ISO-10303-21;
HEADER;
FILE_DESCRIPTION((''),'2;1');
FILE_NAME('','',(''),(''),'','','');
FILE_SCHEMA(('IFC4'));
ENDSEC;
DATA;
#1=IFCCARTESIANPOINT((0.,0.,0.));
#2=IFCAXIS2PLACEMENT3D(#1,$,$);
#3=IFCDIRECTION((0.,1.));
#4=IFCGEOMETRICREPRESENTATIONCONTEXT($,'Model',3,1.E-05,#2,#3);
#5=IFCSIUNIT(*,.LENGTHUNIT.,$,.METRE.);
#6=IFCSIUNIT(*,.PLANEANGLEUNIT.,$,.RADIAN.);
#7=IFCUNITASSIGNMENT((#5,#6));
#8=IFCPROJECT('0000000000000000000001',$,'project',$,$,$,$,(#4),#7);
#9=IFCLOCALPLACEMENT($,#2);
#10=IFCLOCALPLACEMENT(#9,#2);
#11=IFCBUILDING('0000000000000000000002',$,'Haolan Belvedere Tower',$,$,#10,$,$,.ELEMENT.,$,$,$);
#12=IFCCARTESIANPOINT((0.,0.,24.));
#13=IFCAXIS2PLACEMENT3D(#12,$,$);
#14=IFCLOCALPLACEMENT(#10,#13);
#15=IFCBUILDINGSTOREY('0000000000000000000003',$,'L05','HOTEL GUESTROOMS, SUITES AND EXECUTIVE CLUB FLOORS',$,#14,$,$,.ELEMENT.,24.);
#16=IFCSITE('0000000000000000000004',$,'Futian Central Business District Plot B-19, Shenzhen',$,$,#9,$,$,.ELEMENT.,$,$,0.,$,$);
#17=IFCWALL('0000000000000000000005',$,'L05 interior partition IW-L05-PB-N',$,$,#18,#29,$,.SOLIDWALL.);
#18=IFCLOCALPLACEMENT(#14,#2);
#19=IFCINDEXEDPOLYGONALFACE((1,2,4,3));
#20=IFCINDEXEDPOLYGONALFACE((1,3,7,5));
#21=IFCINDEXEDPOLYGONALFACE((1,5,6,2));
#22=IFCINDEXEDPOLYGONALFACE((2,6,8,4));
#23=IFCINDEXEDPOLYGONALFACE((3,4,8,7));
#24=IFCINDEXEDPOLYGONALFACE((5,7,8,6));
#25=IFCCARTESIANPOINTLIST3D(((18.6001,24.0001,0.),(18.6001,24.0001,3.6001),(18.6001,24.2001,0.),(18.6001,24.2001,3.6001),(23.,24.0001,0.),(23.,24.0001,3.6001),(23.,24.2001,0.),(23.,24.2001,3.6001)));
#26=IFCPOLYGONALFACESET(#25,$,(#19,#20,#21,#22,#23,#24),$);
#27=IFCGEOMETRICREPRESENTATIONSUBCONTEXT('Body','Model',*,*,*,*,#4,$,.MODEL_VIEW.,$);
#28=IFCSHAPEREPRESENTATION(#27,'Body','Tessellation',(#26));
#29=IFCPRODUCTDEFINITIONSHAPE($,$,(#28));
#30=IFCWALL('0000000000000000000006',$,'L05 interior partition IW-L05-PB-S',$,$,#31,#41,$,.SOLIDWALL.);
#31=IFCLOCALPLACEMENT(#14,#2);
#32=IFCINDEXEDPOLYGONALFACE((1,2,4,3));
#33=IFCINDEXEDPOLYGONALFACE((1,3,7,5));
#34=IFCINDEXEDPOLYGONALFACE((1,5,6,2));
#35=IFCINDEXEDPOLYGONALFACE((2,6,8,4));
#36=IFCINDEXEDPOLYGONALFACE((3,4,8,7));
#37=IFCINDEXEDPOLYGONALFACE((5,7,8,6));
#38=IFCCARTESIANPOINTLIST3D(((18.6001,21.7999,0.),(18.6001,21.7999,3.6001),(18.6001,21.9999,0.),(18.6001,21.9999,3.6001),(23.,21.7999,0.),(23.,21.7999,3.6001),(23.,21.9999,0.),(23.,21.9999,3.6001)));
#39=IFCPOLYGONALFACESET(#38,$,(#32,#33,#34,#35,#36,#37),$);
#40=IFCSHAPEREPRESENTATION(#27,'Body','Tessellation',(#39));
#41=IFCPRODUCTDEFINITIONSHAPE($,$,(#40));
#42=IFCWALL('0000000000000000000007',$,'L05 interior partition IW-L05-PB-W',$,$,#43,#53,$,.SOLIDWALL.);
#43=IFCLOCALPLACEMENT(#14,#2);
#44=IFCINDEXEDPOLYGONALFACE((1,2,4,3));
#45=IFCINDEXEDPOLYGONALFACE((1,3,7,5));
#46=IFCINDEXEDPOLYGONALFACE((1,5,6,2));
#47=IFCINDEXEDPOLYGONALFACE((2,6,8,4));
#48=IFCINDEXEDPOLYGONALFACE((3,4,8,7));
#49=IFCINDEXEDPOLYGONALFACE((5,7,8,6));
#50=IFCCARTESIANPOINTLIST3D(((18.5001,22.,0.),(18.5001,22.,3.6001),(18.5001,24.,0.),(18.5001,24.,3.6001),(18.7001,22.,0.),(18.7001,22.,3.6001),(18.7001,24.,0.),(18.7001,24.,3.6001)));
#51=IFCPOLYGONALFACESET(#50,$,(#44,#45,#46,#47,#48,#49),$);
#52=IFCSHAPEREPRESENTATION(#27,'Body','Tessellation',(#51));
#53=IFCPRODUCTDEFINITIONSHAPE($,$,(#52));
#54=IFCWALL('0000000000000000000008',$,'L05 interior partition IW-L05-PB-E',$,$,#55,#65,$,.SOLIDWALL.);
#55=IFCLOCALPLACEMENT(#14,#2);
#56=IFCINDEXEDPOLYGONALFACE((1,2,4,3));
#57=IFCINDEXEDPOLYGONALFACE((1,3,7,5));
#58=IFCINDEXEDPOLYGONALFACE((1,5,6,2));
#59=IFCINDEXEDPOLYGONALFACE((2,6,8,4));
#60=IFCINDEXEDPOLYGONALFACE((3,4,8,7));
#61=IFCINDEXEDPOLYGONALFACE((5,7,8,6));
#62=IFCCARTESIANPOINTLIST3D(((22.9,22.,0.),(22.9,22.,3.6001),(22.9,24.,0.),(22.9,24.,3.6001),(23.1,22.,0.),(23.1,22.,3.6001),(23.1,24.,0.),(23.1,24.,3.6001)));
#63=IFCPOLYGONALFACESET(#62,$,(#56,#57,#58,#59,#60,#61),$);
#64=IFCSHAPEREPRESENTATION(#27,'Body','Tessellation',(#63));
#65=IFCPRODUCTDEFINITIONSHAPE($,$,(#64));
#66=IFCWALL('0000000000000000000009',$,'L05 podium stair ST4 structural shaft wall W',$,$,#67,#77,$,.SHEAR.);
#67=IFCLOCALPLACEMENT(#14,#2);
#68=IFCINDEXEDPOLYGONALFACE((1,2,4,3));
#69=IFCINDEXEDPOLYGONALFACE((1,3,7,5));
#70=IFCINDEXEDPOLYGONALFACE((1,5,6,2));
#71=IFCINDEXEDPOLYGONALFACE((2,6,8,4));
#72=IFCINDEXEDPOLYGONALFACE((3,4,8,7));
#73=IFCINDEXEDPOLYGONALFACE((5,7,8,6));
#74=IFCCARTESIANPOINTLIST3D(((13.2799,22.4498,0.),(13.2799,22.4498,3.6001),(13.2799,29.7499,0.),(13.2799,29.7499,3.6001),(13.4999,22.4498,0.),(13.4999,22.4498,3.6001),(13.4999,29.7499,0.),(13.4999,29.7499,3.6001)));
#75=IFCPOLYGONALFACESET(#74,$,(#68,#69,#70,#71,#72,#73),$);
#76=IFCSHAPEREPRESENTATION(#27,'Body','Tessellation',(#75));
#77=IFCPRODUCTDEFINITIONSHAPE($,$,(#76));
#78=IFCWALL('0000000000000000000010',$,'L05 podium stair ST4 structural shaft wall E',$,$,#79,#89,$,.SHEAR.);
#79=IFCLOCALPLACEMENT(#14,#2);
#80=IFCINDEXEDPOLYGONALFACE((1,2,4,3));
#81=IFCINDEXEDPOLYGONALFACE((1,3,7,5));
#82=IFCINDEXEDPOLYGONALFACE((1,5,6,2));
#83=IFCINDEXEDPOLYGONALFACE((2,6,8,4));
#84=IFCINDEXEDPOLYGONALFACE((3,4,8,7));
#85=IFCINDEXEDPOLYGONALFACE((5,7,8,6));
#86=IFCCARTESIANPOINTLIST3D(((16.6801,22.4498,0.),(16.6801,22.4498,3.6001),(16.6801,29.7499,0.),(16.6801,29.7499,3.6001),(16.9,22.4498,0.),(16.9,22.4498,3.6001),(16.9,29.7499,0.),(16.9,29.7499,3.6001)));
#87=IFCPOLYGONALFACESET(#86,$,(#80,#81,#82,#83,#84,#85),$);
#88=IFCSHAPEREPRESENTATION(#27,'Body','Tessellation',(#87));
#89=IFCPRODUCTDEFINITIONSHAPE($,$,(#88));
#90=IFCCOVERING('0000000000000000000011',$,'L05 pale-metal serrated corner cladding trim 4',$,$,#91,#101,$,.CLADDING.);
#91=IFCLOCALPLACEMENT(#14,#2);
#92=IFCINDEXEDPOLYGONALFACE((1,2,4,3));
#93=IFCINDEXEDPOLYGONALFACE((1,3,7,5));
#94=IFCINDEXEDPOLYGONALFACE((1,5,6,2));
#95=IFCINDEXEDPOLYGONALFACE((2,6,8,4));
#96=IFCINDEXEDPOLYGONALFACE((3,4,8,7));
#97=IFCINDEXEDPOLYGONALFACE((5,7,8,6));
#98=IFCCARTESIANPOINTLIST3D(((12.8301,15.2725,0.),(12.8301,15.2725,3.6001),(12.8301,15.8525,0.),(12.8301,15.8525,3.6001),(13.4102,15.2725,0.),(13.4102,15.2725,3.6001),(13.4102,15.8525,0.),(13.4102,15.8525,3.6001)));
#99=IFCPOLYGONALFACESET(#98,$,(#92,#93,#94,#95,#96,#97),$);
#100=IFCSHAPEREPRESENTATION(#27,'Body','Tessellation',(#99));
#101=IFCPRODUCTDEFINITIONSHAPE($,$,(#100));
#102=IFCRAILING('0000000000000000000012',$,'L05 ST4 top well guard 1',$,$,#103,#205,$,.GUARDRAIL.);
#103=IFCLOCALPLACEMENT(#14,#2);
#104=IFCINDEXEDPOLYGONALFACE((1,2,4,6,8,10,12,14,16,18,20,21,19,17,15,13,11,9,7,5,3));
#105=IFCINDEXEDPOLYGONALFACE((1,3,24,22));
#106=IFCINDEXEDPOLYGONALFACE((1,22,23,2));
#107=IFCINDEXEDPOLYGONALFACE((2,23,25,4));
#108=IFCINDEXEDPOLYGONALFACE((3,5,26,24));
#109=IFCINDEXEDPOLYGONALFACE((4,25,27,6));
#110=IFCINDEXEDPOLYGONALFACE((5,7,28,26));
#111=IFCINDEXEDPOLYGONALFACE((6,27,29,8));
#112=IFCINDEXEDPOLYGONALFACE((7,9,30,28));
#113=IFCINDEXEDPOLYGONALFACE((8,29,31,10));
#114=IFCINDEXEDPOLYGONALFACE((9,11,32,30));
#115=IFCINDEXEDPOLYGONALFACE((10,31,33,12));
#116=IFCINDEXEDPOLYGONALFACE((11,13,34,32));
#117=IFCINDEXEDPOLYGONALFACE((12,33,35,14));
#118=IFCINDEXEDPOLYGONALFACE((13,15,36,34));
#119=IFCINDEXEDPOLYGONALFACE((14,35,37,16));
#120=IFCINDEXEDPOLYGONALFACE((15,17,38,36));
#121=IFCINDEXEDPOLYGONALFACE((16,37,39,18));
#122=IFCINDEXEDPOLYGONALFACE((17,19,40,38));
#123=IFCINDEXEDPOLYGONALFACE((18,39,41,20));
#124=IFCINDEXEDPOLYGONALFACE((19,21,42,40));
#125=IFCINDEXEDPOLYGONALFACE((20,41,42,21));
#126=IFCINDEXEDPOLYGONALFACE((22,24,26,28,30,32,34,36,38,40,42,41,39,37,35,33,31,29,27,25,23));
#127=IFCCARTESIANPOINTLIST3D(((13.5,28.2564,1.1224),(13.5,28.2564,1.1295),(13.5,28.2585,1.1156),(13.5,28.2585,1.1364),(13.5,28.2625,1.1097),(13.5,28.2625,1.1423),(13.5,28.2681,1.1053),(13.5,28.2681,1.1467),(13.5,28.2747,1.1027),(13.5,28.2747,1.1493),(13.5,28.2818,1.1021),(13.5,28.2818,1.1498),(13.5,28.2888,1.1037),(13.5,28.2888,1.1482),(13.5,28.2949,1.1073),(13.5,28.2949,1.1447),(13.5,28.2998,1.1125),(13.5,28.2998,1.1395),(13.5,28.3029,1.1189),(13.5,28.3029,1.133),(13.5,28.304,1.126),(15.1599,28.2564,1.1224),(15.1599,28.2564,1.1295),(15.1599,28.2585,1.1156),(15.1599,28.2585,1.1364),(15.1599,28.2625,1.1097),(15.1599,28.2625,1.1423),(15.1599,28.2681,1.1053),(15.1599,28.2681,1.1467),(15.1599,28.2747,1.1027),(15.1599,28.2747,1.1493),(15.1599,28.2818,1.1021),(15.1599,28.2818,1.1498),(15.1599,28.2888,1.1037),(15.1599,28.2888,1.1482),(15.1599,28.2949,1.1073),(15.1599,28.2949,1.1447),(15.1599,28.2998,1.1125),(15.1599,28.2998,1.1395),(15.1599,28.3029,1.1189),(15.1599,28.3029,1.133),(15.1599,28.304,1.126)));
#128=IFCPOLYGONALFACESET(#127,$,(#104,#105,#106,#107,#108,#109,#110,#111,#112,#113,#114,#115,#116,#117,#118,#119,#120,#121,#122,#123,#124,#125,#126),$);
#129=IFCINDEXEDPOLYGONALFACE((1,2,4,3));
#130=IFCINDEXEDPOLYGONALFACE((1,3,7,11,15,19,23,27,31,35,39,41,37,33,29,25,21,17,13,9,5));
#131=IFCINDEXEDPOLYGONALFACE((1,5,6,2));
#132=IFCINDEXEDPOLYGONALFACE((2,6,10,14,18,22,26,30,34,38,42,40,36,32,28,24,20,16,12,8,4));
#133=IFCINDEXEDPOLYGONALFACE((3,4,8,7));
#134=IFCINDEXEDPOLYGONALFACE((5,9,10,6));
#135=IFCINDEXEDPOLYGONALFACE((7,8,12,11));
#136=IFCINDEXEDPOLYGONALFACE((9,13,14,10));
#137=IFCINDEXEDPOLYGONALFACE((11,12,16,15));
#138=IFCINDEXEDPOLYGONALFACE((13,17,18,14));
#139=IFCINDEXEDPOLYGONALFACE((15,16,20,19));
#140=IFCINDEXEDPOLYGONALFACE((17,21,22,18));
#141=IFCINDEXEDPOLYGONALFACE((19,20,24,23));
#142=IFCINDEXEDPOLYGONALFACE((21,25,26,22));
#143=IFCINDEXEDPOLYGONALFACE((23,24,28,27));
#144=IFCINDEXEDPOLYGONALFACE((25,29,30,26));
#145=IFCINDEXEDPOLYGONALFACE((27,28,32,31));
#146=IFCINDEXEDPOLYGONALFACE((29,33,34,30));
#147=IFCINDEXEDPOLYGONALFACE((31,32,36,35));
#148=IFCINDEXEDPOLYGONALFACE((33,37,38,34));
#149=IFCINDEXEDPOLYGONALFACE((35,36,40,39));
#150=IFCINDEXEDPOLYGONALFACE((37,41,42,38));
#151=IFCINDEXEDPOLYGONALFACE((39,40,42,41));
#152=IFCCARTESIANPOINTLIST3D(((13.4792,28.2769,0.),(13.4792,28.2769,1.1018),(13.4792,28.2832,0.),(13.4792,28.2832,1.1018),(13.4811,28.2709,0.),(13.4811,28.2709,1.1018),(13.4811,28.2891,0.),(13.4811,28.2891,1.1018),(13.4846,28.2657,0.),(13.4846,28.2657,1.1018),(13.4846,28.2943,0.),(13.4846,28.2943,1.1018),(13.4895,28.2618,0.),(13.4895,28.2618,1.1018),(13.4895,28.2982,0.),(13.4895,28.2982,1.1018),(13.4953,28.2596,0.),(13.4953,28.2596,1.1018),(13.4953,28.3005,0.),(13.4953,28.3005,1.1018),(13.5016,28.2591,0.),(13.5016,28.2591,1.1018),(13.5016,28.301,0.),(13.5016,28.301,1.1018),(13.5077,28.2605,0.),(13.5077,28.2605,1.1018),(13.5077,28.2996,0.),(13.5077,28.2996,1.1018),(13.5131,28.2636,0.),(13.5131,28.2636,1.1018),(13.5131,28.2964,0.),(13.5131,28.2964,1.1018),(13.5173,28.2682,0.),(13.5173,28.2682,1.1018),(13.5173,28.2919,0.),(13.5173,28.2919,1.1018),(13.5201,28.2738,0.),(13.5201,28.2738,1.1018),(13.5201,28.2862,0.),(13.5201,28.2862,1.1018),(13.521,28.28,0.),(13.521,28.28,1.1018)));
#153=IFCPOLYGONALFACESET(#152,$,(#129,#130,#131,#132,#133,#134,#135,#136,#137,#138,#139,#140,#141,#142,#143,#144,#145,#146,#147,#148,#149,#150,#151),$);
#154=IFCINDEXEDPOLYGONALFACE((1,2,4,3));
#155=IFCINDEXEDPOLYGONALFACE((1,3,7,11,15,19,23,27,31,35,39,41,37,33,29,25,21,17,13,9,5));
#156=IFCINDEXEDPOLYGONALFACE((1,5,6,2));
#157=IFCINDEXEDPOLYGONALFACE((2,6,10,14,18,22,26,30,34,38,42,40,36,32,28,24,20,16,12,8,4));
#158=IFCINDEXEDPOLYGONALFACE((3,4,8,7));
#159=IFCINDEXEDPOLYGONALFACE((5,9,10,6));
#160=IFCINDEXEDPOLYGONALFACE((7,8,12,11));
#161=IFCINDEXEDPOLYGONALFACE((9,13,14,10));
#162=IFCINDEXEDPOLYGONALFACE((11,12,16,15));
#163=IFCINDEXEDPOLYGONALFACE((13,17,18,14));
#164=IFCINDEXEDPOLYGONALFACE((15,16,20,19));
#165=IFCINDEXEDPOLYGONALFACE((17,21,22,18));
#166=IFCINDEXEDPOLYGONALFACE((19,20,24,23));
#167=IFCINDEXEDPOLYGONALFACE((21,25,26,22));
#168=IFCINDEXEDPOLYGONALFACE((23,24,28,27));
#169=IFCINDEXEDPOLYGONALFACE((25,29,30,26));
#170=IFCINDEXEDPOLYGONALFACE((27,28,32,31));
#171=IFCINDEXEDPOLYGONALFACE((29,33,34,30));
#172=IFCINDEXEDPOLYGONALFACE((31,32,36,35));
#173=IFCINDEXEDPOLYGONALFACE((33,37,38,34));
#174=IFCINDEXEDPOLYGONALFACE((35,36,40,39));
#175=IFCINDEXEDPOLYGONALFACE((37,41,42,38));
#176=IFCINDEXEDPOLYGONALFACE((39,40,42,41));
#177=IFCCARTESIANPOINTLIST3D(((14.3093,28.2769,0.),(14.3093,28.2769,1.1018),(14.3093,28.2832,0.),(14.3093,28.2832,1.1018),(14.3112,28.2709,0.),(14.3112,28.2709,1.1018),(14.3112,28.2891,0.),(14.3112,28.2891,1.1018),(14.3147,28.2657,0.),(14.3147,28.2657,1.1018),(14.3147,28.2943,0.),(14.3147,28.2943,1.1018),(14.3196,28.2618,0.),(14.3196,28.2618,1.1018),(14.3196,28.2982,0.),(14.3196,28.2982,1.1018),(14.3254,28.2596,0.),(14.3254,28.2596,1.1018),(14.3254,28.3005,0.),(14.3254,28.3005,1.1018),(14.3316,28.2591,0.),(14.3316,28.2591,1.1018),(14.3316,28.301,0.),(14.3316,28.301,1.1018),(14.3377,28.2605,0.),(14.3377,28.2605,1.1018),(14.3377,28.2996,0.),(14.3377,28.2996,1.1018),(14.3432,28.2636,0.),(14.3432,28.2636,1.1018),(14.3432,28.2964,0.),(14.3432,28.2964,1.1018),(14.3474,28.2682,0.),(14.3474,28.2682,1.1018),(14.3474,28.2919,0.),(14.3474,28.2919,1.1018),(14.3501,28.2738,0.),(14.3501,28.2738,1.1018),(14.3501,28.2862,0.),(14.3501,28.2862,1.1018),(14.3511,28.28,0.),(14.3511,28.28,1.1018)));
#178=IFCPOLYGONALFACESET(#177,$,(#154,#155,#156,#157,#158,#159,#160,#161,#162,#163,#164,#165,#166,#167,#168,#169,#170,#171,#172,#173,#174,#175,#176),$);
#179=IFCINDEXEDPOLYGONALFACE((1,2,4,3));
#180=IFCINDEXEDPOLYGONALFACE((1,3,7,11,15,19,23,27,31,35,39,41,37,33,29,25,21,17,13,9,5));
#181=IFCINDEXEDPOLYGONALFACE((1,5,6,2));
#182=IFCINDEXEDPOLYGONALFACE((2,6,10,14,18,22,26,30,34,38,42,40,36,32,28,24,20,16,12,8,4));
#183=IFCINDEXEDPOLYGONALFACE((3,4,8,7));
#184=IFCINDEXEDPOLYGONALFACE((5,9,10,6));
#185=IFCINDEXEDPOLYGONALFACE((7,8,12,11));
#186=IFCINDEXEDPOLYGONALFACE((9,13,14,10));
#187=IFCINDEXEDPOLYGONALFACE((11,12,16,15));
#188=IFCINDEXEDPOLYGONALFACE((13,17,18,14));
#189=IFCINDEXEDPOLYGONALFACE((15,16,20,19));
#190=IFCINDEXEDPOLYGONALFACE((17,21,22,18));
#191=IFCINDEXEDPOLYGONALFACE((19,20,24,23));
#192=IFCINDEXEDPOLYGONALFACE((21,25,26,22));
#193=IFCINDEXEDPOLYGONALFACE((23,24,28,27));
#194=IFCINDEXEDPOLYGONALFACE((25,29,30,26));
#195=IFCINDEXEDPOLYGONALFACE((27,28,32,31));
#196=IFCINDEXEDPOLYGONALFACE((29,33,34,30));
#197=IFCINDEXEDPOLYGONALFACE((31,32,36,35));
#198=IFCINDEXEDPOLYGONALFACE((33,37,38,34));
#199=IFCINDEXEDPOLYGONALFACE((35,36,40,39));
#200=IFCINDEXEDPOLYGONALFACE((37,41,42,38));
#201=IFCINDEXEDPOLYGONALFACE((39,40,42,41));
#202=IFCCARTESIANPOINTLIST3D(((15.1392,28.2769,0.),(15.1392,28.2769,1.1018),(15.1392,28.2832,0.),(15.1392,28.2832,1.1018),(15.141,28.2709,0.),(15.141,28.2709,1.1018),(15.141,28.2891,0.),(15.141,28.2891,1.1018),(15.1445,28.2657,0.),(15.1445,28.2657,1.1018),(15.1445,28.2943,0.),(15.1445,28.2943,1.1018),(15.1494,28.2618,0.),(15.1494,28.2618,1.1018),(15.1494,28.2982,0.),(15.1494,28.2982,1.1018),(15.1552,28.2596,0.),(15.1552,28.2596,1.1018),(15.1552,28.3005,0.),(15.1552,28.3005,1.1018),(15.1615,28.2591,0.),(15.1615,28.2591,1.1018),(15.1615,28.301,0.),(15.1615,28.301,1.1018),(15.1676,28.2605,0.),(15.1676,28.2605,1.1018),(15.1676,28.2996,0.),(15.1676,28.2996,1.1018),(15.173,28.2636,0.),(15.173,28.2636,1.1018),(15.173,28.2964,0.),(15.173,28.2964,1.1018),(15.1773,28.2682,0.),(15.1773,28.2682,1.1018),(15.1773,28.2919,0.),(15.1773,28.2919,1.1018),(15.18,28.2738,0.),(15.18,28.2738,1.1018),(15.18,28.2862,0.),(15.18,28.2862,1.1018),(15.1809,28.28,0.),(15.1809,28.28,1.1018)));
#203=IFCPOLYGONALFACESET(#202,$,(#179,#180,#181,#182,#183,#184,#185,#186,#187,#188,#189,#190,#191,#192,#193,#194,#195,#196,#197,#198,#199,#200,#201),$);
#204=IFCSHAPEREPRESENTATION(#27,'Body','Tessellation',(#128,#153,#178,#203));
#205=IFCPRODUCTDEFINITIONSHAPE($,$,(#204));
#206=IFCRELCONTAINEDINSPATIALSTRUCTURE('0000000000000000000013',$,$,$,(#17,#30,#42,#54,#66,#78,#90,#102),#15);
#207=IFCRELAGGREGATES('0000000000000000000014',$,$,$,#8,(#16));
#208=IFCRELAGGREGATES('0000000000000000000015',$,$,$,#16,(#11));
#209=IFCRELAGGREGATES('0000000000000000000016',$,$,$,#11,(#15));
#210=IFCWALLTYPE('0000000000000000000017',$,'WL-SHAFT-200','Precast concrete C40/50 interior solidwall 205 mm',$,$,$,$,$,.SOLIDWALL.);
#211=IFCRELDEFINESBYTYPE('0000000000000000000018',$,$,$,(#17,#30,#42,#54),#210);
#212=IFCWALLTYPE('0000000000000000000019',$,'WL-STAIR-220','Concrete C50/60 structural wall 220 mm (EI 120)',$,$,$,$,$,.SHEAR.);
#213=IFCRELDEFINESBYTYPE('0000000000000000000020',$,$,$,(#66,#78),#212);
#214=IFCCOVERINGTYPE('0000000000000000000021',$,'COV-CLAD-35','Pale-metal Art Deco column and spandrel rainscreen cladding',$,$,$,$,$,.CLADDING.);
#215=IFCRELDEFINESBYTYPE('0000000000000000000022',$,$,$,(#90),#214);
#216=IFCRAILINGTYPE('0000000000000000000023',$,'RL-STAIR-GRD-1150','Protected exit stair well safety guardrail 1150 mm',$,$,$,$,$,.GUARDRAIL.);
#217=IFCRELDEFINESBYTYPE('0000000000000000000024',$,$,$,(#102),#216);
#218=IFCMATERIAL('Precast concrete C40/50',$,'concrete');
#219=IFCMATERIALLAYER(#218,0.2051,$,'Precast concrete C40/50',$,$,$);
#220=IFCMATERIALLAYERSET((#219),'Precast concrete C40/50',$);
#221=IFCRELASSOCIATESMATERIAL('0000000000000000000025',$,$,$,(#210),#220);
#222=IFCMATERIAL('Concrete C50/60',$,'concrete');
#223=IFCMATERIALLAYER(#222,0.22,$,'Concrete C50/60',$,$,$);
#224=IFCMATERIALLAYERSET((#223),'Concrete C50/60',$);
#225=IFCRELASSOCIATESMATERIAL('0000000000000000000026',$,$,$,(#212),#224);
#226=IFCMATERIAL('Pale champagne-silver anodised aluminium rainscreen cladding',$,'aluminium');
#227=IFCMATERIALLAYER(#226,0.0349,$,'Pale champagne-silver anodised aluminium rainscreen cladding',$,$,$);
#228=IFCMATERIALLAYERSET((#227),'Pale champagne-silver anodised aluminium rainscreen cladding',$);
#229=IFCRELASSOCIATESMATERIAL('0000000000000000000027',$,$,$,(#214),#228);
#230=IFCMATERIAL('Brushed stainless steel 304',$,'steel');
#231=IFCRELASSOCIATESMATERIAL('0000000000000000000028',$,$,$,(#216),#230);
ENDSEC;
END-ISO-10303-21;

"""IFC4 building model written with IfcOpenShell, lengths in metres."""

from ifc_helpers import new_model, si_unit, direction, frame, frame_2d, origin, origin_2d, place, context, subcontext, project, spatial, rectangle, circle, extrude, material, layer, layer_set, type_object, element, save


model = new_model("IFC4")

# Units and contexts
model_context = context("Model", 3, precision=1e-05, world=origin(), true_north=direction((0.0, 1.0)))
body_context = subcontext(model_context, "Body", "Model", "MODEL_VIEW")
ifc_project = project(units=[si_unit("LENGTHUNIT", "METRE"), si_unit("PLANEANGLEUNIT", "RADIAN")], contexts=[model_context])

# Site, building, storey
site_placement = place(None, origin())
site = spatial("IfcSite", under=ifc_project, at=site_placement, Name="Futian Central Business District Plot B-19, Shenzhen", CompositionType="ELEMENT", RefElevation=0.0)
building_placement = place(site_placement, origin())
building = spatial("IfcBuilding", under=site, at=building_placement, Name="Haolan Belvedere Tower", CompositionType="ELEMENT")
storey_placement = place(building_placement, frame((0.0, 0.0, 24.0)))
storey = spatial("IfcBuildingStorey", under=building, at=storey_placement, Name="L05", Description="HOTEL GUESTROOMS, SUITES AND EXECUTIVE CLUB FLOORS", CompositionType="ELEMENT", Elevation=24.0)

# Shared definitions
ifc_material_1 = material(Name="Precast concrete C40/50", Category="concrete")

# Walls
ifc_layer_1 = layer(ifc_material_1, 0.2051, Name="Precast concrete C40/50")
ifc_layer_set_1 = layer_set([ifc_layer_1], Name="Precast concrete C40/50")
wall_type_1 = type_object("IfcWallType", Name="WL-SHAFT-200", Description="Precast concrete C40/50 interior solidwall 205 mm", PredefinedType="SOLIDWALL", material=ifc_layer_set_1)
for number, where, z_axis, x_axis, name in (
    (1, (18.6001, 24.1001, 0.0), (0.0, 0.0, 1.0), (1.0, 0.0, 0.0), "L05 interior partition IW-L05-PB-N"),
    (2, (18.6001, 21.8999, 0.0), (0.0, 0.0, 1.0), (1.0, 0.0, 0.0), "L05 interior partition IW-L05-PB-S"),
):
    element("IfcWall", number, at=place(storey_placement, frame(where, z_axis=z_axis, x_axis=x_axis)), inside=storey, type_object=wall_type_1, Name=name, PredefinedType="SOLIDWALL", context=body_context, shape_type="SweptSolid", body=[
        extrude(rectangle(XDim=4.3999, YDim=0.2, at=frame_2d((2.2, 0.0))), origin(), (0.0, 0.0, 1.0), 3.6001),
    ])
for number, where, z_axis, x_axis, name in (
    (3, (18.6001, 22.0, 0.0), (0.0, 0.0, 1.0), (0.0, 1.0, 0.0), "L05 interior partition IW-L05-PB-W"),
    (4, (23.0, 22.0, 0.0), (0.0, 0.0, 1.0), (0.0, 1.0, 0.0), "L05 interior partition IW-L05-PB-E"),
):
    element("IfcWall", number, at=place(storey_placement, frame(where, z_axis=z_axis, x_axis=x_axis)), inside=storey, type_object=wall_type_1, Name=name, PredefinedType="SOLIDWALL", context=body_context, shape_type="SweptSolid", body=[
        extrude(rectangle(XDim=2.0, YDim=0.2, at=frame_2d((1.0, 0.0))), origin(), (0.0, 0.0, 1.0), 3.6001),
    ])
ifc_material_2 = material(Name="Concrete C50/60", Category="concrete")
ifc_layer_2 = layer(ifc_material_2, 0.22, Name="Concrete C50/60")
ifc_layer_set_2 = layer_set([ifc_layer_2], Name="Concrete C50/60")
wall_type_2 = type_object("IfcWallType", Name="WL-STAIR-220", Description="Concrete C50/60 structural wall 220 mm (EI 120)", PredefinedType="SHEAR", material=ifc_layer_set_2)
for number, where, z_axis, x_axis, name in (
    (5, (13.3899, 22.45, 0.0), (0.0, 0.0, 1.0), (0.0, 1.0, 0.0), "L05 podium stair ST4 structural shaft wall W"),
    (6, (16.79, 22.45, 0.0), (0.0, 0.0, 1.0), (0.0, 1.0, 0.0), "L05 podium stair ST4 structural shaft wall E"),
):
    element("IfcWall", number, at=place(storey_placement, frame(where, z_axis=z_axis, x_axis=x_axis)), inside=storey, type_object=wall_type_2, Name=name, PredefinedType="SHEAR", context=body_context, shape_type="SweptSolid", body=[
        extrude(rectangle(XDim=7.3, YDim=0.22, at=frame_2d((3.6499, 0.0))), origin(), (0.0, 0.0, 1.0), 3.6001),
    ])

# Covering
ifc_material_3 = material(Name="Pale champagne-silver anodised aluminium rainscreen cladding", Category="aluminium")
ifc_layer_3 = layer(ifc_material_3, 0.0349, Name="Pale champagne-silver anodised aluminium rainscreen cladding")
ifc_layer_set_3 = layer_set([ifc_layer_3], Name="Pale champagne-silver anodised aluminium rainscreen cladding")
covering_type = type_object("IfcCoveringType", Name="COV-CLAD-35", Description="Pale-metal Art Deco column and spandrel rainscreen cladding", PredefinedType="CLADDING", material=ifc_layer_set_3)
covering_placement = place(storey_placement, frame((13.1201, 15.5625, 0.0), z_axis=(0.0, 0.0, 1.0), x_axis=(1.0, 0.0, 0.0)))
element("IfcCovering", 7, at=covering_placement, inside=storey, type_object=covering_type, Name="L05 pale-metal serrated corner cladding trim 4", PredefinedType="CLADDING", context=body_context, shape_type="SweptSolid", body=[
    extrude(rectangle(XDim=0.5801, YDim=0.5801, at=origin_2d()), origin(), (0.0, 0.0, 1.0), 3.6001),
])

# Railing
ifc_material_4 = material(Name="Brushed stainless steel 304", Category="steel")
railing_type_1 = type_object("IfcRailingType", Name="RL-STAIR-GRD-1150", Description="Protected exit stair well safety guardrail 1150 mm", PredefinedType="GUARDRAIL", material=ifc_material_4)
railing_1_placement = place(storey_placement, frame((13.5, 28.28, 0.0)))
element("IfcRailing", 8, at=railing_1_placement, inside=storey, type_object=railing_type_1, Name="L05 ST4 top well guard 1", PredefinedType="GUARDRAIL", context=body_context, shape_type="SweptSolid", body=[
    extrude(circle(Radius=0.0239, at=origin_2d()), frame((0.0, 0.0, 1.126), z_axis=(1.0, 0.0, 0.0), x_axis=(0.0, 1.0, 0.0)), (0.0, 0.0, 1.0), 1.6599),
    extrude(circle(Radius=0.021, at=origin_2d()), origin(), (0.0, 0.0, 1.0), 1.1018),
    extrude(circle(Radius=0.021, at=origin_2d()), frame((0.8301, 0.0, 0.0)), (0.0, 0.0, 1.0), 1.1018),
    extrude(circle(Radius=0.021, at=origin_2d()), frame((1.6599, 0.0, 0.0)), (0.0, 0.0, 1.0), 1.1018),
])

save(model, "model.ifc")
